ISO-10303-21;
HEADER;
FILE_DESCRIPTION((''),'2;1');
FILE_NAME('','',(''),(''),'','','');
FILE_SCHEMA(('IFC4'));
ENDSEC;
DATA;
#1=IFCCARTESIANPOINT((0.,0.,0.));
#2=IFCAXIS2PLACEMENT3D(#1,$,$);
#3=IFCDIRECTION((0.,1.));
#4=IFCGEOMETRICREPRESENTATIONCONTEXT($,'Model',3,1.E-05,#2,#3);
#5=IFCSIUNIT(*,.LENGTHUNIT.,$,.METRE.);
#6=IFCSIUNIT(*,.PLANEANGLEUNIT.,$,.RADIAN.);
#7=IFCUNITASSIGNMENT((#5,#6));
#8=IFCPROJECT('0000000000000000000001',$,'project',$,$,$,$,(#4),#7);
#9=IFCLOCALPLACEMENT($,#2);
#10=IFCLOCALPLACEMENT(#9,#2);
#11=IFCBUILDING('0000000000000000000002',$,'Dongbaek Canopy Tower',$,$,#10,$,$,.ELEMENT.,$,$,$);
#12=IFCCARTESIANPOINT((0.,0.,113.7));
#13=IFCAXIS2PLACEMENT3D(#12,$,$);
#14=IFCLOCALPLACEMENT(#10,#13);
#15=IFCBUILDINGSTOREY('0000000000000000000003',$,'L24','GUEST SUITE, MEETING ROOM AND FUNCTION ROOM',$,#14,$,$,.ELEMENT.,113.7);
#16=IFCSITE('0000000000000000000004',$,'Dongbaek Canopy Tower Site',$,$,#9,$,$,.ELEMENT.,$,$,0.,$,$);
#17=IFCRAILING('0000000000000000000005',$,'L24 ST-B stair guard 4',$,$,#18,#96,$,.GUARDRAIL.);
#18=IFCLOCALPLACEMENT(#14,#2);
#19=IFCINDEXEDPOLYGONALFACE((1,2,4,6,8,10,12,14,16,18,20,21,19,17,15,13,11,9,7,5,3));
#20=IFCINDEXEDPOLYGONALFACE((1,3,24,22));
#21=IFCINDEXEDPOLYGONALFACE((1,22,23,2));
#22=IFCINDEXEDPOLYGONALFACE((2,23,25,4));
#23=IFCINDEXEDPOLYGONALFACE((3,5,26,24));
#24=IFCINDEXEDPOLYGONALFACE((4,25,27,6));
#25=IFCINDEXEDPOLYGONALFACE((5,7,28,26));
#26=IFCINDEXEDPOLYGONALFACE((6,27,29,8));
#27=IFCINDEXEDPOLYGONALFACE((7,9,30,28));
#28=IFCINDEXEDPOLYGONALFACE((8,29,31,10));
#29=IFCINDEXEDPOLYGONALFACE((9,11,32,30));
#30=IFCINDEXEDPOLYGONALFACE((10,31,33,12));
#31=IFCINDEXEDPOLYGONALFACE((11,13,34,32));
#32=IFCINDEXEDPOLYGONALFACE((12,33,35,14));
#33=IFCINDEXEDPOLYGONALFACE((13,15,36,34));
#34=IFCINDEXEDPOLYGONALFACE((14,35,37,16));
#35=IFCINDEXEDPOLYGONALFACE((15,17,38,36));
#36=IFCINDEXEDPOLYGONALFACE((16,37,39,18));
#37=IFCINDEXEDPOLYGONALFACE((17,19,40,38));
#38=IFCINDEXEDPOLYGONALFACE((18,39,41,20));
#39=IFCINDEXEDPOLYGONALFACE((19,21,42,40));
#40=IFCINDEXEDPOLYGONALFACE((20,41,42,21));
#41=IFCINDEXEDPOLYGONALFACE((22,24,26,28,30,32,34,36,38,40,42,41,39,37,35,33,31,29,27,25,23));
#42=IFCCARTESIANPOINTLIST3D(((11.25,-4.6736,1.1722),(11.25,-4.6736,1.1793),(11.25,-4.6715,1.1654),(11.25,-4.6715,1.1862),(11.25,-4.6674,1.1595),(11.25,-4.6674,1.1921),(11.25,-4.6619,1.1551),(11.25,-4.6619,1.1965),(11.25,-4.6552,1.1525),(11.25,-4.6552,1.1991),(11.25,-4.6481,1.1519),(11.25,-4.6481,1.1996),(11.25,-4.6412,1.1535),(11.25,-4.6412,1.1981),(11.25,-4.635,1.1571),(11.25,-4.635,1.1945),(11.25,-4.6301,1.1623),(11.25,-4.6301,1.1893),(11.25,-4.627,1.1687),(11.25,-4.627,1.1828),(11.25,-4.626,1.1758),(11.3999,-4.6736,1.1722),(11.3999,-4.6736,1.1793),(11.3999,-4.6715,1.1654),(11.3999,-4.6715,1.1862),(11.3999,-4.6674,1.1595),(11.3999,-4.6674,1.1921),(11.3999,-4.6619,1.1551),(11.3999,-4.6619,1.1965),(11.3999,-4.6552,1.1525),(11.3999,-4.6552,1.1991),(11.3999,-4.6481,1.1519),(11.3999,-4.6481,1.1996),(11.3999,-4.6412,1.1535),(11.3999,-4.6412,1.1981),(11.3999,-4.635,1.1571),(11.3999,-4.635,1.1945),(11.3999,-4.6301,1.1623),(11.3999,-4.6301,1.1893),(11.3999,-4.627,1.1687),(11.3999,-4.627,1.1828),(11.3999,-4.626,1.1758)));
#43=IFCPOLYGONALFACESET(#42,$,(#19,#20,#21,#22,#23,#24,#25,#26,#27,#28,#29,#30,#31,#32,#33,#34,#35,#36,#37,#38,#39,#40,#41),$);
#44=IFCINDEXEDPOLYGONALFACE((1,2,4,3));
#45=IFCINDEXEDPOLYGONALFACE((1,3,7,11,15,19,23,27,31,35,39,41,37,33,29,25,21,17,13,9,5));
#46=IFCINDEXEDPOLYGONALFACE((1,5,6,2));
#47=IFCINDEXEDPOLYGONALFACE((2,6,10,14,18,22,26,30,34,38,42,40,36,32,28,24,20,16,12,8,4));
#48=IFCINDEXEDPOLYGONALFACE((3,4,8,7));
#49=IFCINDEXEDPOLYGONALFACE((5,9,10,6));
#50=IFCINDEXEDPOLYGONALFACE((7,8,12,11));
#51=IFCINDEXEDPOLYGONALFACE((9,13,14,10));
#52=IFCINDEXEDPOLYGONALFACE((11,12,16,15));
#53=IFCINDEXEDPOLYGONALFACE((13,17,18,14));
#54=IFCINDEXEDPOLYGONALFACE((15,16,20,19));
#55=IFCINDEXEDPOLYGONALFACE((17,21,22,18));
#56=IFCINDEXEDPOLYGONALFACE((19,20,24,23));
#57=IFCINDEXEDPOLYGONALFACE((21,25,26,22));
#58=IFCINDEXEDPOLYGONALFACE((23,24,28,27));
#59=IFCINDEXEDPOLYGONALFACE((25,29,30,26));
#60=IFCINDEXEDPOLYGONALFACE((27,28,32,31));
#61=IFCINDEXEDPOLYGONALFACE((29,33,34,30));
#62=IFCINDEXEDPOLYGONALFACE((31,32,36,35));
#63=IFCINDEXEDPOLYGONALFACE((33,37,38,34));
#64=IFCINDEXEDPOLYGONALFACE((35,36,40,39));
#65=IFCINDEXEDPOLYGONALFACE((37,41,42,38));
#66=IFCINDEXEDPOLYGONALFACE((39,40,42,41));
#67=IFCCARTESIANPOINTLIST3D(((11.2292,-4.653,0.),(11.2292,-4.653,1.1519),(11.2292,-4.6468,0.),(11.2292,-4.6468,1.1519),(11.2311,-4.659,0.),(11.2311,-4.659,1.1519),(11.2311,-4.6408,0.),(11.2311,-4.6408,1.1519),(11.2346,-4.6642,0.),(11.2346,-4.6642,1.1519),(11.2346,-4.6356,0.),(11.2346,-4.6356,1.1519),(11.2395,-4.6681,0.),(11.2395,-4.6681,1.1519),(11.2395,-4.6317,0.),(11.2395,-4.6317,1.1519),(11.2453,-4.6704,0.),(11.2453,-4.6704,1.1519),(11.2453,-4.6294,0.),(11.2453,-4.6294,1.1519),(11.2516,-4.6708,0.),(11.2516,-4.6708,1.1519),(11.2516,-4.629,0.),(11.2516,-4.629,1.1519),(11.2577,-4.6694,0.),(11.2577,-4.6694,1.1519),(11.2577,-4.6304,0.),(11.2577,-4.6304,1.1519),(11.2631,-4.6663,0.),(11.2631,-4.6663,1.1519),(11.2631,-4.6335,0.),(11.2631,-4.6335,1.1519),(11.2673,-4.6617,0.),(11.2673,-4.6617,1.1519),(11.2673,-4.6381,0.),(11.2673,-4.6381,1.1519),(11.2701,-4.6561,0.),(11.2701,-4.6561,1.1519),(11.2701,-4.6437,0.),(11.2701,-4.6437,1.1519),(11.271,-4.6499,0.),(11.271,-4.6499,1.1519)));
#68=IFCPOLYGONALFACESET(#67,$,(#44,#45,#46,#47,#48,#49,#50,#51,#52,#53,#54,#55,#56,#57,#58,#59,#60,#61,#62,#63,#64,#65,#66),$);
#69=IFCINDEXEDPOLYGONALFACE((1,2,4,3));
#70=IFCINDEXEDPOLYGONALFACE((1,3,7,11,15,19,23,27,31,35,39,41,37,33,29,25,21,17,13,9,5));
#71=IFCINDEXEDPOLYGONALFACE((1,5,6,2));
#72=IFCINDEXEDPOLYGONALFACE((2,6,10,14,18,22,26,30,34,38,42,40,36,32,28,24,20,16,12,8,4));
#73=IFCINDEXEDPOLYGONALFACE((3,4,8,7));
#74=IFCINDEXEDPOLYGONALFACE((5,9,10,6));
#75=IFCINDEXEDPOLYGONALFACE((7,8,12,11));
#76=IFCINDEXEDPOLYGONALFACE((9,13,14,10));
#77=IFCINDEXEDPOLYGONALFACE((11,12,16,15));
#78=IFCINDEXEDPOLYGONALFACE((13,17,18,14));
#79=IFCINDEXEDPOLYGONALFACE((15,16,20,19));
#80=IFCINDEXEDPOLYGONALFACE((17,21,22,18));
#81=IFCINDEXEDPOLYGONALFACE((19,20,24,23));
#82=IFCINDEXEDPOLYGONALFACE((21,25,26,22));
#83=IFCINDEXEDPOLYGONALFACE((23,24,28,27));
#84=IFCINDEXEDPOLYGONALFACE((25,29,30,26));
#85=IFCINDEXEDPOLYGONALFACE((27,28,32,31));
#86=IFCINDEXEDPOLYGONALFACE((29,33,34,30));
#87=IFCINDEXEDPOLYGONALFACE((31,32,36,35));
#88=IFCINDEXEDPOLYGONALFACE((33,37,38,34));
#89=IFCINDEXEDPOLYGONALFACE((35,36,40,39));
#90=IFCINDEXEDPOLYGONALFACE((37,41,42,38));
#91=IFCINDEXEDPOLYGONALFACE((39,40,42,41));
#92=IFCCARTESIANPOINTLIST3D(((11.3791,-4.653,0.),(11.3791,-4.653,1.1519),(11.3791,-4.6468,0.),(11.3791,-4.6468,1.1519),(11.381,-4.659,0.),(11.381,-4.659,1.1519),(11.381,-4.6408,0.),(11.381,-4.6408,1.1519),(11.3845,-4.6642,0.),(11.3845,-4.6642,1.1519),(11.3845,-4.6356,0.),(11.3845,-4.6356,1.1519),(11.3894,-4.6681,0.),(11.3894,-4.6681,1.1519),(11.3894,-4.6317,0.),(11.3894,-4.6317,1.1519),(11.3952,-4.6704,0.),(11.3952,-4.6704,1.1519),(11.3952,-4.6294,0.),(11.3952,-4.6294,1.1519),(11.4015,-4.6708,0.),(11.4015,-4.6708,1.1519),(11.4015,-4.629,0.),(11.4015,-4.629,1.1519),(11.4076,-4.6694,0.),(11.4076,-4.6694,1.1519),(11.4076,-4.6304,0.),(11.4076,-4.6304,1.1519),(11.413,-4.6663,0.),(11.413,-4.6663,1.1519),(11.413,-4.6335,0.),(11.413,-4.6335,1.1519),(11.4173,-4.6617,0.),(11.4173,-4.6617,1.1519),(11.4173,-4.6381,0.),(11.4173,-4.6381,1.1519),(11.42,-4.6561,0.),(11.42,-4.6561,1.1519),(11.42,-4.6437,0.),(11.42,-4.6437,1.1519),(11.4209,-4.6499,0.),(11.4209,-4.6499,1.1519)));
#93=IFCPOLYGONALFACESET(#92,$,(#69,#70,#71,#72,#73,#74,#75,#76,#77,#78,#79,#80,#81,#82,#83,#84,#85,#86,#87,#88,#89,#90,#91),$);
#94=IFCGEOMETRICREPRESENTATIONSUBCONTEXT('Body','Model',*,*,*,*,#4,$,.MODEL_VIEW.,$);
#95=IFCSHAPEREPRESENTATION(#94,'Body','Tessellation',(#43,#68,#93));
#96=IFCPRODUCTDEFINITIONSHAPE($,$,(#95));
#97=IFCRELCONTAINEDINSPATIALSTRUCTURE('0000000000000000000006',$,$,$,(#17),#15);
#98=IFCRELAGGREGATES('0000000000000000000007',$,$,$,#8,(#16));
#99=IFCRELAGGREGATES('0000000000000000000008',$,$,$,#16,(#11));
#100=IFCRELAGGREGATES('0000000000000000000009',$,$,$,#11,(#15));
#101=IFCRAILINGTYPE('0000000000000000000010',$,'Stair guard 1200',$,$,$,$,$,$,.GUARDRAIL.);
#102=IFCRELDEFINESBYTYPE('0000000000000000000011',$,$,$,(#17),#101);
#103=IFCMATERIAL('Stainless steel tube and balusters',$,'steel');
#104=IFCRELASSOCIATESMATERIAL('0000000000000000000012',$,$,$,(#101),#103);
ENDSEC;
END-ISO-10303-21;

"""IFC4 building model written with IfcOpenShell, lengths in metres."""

from ifc_helpers import new_model, si_unit, direction, frame, origin, origin_2d, place, context, subcontext, project, spatial, circle, extrude, material, type_object, element, save


model = new_model("IFC4")

# Units and contexts
model_context = context("Model", 3, precision=1e-05, world=origin(), true_north=direction((0.0, 1.0)))
body_context = subcontext(model_context, "Body", "Model", "MODEL_VIEW")
ifc_project = project(units=[si_unit("LENGTHUNIT", "METRE"), si_unit("PLANEANGLEUNIT", "RADIAN")], contexts=[model_context])

# Site, building, storey
site_placement = place(None, origin())
site = spatial("IfcSite", under=ifc_project, at=site_placement, Name="Dongbaek Canopy Tower Site", CompositionType="ELEMENT", RefElevation=0.0)
building_placement = place(site_placement, origin())
building = spatial("IfcBuilding", under=site, at=building_placement, Name="Dongbaek Canopy Tower", CompositionType="ELEMENT")
storey_placement = place(building_placement, frame((0.0, 0.0, 113.7)))
storey = spatial("IfcBuildingStorey", under=building, at=storey_placement, Name="L24", Description="GUEST SUITE, MEETING ROOM AND FUNCTION ROOM", CompositionType="ELEMENT", Elevation=113.7)

# Railing
ifc_material_1 = material(Name="Stainless steel tube and balusters", Category="steel")
railing_type_1 = type_object("IfcRailingType", Name="Stair guard 1200", PredefinedType="GUARDRAIL", material=ifc_material_1)
railing_1_placement = place(storey_placement, frame((11.25, -4.6499, 0.0)))
element("IfcRailing", 1, at=railing_1_placement, inside=storey, type_object=railing_type_1, Name="L24 ST-B stair guard 4", PredefinedType="GUARDRAIL", context=body_context, shape_type="SweptSolid", body=[
    extrude(circle(Radius=0.0239, at=origin_2d()), frame((0.0, 0.0, 1.1758), z_axis=(1.0, 0.0, 0.0), x_axis=(0.0, 1.0, 0.0)), (0.0, 0.0, 1.0), 0.1499),
    extrude(circle(Radius=0.021, at=origin_2d()), origin(), (0.0, 0.0, 1.0), 1.1519),
    extrude(circle(Radius=0.021, at=origin_2d()), frame((0.1499, 0.0, 0.0)), (0.0, 0.0, 1.0), 1.1519),
])

save(model, "model.ifc")
